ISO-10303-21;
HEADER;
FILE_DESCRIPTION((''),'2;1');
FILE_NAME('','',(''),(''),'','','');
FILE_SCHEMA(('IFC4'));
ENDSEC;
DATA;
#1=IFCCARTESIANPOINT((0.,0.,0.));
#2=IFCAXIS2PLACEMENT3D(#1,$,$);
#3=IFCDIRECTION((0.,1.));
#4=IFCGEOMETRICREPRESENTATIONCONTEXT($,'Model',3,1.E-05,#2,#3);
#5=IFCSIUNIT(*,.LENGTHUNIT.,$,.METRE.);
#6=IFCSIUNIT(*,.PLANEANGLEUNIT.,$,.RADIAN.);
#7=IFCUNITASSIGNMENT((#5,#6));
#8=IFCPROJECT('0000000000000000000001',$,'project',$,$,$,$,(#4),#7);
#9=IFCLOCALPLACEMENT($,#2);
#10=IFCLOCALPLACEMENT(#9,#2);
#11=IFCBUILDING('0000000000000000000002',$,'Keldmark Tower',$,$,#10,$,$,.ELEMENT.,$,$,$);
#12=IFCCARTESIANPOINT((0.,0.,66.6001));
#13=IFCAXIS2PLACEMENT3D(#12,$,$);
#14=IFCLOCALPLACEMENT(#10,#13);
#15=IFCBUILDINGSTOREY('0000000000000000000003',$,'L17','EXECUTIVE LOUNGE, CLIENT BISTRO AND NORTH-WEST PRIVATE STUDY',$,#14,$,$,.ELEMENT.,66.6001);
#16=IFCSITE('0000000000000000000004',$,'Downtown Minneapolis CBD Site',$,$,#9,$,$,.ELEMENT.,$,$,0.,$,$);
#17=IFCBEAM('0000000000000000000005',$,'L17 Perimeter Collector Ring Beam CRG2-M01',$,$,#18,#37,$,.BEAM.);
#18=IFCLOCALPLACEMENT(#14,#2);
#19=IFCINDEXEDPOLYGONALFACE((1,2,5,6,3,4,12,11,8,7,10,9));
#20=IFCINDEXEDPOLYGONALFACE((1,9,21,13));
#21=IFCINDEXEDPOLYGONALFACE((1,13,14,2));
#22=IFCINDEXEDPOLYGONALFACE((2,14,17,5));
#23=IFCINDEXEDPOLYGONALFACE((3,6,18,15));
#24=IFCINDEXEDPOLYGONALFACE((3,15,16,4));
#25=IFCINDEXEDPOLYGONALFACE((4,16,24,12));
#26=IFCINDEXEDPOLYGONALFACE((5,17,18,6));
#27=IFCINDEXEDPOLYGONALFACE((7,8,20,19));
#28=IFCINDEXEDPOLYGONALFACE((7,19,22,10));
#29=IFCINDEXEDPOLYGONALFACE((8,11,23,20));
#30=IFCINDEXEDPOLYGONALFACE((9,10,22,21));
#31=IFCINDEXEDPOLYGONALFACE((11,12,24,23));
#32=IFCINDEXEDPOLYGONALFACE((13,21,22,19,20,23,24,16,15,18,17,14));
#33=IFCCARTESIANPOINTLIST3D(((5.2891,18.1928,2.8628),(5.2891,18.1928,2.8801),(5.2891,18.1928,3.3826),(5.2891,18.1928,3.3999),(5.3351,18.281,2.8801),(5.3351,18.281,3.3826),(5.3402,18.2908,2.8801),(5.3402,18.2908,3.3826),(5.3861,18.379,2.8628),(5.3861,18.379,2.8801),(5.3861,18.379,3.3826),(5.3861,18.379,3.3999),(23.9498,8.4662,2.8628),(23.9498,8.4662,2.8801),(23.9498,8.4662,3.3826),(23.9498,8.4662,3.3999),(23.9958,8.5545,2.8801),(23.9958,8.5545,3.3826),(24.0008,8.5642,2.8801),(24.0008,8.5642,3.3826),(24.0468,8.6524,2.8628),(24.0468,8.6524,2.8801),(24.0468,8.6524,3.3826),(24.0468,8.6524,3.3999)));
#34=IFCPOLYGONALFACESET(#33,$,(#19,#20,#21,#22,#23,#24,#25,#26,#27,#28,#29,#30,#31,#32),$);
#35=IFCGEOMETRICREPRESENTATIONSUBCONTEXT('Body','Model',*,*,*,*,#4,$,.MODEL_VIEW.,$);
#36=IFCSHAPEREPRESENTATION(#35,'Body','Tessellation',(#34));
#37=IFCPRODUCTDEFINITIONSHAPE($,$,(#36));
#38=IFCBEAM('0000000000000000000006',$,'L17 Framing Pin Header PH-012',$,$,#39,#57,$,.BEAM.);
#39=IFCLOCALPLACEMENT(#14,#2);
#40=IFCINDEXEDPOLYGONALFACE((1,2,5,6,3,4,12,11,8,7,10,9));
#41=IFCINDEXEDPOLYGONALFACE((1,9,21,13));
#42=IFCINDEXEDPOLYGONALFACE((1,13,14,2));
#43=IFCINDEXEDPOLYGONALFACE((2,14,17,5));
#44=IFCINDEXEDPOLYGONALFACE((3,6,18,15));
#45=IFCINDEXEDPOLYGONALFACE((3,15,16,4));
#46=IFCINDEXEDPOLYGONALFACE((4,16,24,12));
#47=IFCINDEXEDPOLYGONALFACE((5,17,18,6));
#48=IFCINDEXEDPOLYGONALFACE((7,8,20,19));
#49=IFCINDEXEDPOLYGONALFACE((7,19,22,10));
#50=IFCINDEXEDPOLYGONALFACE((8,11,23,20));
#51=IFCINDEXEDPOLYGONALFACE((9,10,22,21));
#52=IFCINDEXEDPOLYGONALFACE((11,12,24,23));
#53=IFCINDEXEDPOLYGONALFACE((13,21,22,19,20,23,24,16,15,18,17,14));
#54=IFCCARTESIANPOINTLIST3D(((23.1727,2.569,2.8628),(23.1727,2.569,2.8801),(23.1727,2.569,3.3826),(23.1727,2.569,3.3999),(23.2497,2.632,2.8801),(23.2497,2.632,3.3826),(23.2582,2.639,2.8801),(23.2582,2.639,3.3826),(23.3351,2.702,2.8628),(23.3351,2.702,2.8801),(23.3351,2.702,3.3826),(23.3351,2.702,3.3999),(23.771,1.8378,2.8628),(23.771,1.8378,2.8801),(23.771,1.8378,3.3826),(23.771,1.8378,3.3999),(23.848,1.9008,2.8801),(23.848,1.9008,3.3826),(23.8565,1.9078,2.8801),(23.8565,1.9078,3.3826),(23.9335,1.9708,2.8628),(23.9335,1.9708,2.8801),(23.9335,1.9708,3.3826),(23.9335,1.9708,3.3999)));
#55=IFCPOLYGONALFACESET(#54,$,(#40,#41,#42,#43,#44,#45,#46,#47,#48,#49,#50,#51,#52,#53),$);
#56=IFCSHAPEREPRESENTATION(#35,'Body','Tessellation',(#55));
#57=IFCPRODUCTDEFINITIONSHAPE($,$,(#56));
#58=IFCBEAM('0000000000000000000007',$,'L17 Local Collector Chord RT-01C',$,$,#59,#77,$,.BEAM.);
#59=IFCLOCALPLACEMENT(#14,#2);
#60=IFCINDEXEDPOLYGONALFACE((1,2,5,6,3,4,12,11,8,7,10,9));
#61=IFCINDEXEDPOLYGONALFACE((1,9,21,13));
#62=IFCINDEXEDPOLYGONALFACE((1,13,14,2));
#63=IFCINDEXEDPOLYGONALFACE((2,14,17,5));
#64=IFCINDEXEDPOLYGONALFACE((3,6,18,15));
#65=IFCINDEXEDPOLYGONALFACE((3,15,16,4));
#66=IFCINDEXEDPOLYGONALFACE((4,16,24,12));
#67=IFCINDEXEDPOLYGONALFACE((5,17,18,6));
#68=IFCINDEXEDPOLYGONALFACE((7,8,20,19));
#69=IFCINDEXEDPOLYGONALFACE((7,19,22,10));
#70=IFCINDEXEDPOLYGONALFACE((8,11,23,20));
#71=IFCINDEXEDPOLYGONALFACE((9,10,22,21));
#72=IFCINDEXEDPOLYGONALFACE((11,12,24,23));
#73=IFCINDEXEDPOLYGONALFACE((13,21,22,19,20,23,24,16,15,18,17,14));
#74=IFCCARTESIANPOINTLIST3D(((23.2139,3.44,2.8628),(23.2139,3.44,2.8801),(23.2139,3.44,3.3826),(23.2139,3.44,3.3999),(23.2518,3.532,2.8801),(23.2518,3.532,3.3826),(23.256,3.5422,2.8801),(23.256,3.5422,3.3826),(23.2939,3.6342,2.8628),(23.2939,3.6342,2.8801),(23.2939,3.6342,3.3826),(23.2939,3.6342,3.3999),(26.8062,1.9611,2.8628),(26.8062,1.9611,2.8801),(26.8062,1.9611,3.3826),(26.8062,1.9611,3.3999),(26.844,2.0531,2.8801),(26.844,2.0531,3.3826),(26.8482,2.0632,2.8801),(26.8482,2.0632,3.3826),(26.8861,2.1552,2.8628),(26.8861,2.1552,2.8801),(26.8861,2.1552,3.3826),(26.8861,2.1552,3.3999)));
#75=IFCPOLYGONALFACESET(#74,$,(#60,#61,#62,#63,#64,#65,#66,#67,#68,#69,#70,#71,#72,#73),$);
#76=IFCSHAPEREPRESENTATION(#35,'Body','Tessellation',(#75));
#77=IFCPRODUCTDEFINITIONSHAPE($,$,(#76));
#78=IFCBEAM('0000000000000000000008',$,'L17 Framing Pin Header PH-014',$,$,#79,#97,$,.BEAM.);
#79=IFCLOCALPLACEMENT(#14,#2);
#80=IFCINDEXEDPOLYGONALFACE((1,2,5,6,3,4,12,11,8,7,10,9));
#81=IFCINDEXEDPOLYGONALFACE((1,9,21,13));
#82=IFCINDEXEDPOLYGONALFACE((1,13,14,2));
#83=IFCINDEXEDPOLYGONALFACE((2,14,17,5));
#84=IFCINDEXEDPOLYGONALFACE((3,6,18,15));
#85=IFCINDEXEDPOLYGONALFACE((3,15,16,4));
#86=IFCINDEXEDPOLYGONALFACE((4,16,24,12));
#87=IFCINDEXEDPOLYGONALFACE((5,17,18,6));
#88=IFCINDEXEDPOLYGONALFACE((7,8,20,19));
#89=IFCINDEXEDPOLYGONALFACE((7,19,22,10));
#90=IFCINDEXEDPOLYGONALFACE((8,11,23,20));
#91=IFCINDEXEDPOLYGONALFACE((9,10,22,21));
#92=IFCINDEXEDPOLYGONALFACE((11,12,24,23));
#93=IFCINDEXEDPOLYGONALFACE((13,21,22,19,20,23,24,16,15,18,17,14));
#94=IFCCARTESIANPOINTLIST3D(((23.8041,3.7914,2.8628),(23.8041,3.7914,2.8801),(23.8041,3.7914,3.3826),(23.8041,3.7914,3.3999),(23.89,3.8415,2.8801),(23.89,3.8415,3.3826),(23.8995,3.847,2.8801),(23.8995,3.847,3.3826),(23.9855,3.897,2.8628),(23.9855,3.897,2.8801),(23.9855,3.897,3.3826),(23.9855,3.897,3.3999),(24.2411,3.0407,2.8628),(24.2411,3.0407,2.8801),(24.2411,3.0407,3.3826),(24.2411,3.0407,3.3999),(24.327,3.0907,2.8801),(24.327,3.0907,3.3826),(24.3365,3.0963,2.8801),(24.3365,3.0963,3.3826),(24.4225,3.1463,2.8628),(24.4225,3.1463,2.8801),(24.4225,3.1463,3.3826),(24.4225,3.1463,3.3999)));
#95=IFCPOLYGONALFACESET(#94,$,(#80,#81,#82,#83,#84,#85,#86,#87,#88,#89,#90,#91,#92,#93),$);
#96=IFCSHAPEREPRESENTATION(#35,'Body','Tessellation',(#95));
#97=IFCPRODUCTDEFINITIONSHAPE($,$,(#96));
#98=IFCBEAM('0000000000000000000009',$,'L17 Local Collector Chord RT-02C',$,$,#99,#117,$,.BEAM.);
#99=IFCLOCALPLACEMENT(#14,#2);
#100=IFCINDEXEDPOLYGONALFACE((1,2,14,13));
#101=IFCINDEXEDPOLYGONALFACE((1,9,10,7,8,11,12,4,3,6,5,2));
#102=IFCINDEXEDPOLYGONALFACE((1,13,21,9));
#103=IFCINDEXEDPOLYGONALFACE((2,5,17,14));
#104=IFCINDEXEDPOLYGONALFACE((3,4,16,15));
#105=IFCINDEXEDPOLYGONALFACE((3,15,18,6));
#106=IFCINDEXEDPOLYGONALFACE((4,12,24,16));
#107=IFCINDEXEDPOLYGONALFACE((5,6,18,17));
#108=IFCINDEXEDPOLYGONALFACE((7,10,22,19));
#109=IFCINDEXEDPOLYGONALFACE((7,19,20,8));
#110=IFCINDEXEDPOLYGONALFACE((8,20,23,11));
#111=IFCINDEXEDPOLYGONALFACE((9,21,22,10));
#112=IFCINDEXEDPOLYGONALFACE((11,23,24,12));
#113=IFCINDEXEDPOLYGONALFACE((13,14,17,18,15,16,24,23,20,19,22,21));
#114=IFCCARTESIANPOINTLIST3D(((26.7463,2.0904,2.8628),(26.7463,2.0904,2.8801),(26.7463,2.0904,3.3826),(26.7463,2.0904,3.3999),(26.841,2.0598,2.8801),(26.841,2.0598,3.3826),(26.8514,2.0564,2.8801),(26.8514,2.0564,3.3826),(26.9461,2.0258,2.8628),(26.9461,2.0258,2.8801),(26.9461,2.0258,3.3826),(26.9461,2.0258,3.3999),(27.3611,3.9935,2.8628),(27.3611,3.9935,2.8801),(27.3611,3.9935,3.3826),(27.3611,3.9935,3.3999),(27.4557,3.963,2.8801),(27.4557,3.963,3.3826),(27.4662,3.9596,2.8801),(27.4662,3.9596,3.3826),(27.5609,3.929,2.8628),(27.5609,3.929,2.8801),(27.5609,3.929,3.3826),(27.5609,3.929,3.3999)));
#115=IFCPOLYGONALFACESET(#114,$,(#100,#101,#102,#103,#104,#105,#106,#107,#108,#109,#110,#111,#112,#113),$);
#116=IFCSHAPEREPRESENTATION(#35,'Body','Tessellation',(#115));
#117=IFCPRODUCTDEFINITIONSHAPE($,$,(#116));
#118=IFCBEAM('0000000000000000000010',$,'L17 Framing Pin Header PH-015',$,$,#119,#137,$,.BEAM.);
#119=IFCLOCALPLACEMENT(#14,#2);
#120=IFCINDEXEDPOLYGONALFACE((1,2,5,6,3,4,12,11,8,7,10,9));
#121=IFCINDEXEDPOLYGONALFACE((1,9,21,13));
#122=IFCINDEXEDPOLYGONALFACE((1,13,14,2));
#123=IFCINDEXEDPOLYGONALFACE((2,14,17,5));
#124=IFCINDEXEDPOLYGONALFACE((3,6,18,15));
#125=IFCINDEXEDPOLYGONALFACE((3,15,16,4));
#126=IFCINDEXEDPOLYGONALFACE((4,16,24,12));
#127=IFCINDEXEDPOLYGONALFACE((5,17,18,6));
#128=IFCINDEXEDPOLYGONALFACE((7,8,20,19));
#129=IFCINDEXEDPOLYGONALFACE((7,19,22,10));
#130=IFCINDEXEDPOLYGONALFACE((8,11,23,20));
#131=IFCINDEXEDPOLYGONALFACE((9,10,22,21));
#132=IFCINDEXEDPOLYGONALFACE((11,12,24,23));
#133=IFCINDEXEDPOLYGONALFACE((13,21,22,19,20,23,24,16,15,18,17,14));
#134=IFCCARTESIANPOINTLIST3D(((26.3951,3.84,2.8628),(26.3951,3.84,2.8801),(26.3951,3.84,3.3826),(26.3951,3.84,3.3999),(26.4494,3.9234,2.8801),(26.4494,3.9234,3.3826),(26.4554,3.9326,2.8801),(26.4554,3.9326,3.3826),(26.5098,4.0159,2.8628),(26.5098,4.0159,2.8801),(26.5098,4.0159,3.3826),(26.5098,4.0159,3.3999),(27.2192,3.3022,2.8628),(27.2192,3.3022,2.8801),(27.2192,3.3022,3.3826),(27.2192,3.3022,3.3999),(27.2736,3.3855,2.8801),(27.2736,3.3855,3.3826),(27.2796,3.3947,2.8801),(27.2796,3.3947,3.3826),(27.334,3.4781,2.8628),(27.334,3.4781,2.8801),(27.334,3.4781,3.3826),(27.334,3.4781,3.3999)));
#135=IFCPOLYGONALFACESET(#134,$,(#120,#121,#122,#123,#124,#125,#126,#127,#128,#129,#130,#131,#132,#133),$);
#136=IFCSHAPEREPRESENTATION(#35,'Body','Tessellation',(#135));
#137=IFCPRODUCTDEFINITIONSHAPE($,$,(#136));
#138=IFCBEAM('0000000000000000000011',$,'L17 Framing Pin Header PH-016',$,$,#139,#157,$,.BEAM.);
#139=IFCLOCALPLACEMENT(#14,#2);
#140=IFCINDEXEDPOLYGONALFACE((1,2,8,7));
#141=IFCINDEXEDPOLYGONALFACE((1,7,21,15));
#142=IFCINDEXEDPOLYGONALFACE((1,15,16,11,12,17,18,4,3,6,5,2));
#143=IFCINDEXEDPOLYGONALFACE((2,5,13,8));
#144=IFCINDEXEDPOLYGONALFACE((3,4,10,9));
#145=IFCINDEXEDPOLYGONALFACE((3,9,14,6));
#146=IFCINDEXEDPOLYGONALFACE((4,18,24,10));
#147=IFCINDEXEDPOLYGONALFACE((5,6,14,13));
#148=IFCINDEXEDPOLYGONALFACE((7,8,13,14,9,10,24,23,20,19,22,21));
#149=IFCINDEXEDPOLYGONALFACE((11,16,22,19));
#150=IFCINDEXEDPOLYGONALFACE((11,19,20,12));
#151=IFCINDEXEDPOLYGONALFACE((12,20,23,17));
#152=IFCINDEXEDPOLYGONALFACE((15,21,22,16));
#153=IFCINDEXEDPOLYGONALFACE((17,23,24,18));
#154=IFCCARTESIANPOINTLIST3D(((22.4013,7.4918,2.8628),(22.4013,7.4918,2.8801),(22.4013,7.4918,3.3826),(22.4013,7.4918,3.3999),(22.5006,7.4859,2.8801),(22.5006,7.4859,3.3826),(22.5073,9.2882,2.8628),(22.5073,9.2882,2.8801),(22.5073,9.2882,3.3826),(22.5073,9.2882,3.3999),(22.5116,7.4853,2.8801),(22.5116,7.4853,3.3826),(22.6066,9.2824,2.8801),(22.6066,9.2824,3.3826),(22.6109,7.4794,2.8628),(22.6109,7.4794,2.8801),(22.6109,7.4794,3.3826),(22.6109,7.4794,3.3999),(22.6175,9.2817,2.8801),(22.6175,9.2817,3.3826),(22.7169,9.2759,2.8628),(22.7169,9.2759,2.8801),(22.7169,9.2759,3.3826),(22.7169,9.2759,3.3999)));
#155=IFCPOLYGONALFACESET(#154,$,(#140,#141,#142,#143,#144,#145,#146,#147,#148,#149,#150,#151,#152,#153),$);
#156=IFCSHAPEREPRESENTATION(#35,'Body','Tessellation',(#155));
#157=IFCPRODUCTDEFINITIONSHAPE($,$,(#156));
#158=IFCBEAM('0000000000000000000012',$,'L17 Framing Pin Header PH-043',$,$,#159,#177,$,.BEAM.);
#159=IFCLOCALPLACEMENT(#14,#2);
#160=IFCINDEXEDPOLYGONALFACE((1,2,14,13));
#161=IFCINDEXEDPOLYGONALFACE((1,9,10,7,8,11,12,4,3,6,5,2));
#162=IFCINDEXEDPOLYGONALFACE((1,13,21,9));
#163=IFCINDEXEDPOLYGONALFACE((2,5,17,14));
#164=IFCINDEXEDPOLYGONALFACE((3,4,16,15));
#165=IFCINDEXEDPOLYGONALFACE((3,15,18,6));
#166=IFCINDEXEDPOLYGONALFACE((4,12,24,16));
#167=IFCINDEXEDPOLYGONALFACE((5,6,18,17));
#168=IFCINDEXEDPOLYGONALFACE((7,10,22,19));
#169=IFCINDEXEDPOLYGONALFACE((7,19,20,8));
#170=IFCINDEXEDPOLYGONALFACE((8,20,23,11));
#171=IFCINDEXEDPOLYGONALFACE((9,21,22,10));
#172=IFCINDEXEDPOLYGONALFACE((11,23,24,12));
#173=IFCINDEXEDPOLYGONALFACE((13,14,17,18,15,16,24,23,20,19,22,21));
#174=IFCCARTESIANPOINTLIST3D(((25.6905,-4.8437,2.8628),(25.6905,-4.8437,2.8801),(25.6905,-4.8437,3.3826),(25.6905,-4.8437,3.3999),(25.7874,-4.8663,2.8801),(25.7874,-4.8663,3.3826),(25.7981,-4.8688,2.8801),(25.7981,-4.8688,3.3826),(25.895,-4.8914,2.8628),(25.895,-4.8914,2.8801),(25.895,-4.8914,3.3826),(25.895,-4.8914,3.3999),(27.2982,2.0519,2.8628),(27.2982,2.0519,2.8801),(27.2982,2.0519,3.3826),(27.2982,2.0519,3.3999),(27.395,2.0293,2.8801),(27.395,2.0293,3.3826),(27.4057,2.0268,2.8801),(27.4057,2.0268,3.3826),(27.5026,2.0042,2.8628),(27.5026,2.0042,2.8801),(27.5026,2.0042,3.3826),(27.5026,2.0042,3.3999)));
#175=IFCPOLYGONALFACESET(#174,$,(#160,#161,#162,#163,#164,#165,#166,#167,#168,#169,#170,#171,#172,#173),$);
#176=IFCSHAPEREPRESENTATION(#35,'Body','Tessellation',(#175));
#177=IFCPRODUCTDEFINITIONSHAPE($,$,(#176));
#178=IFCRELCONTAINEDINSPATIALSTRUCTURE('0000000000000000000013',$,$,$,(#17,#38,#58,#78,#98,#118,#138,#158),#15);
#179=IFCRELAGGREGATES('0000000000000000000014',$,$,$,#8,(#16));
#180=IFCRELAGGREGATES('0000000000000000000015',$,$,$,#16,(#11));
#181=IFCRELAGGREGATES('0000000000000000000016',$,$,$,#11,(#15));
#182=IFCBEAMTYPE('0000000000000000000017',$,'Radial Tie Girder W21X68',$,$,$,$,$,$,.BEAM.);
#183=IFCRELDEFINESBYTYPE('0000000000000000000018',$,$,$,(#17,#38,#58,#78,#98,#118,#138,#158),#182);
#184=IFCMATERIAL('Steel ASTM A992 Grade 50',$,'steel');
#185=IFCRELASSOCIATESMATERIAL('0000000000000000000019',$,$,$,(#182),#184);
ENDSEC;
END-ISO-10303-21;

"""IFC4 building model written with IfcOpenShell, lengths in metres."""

from ifc_helpers import new_model, si_unit, direction, frame, origin, origin_2d, place, context, subcontext, project, spatial, i_section, extrude, material, material_profile, profile_set, type_object, element, save


model = new_model("IFC4")

# Units and contexts
model_context = context("Model", 3, precision=1e-05, world=origin(), true_north=direction((0.0, 1.0)))
body_context = subcontext(model_context, "Body", "Model", "MODEL_VIEW")
ifc_project = project(units=[si_unit("LENGTHUNIT", "METRE"), si_unit("PLANEANGLEUNIT", "RADIAN")], contexts=[model_context])

# Site, building, storey
site_placement = place(None, origin())
site = spatial("IfcSite", under=ifc_project, at=site_placement, Name="Downtown Minneapolis CBD Site", CompositionType="ELEMENT", RefElevation=0.0)
building_placement = place(site_placement, origin())
building = spatial("IfcBuilding", under=site, at=building_placement, Name="Keldmark Tower", CompositionType="ELEMENT")
storey_placement = place(building_placement, frame((0.0, 0.0, 66.6001)))
storey = spatial("IfcBuildingStorey", under=building, at=storey_placement, Name="L17", Description="EXECUTIVE LOUNGE, CLIENT BISTRO AND NORTH-WEST PRIVATE STUDY", CompositionType="ELEMENT", Elevation=66.6001)

# Beams
ifc_material_1 = material(Name="Steel ASTM A992 Grade 50", Category="steel")
ifc_material_profile_1 = material_profile(ifc_material_1, i_section(OverallWidth=0.21, OverallDepth=0.5371, WebThickness=0.011, FlangeThickness=0.0173, at=origin_2d()), Name="W21X68")
ifc_profile_set_1 = profile_set([ifc_material_profile_1], Name="Steel ASTM A992 Grade 50")
beam_type_1 = type_object("IfcBeamType", Name="Radial Tie Girder W21X68", PredefinedType="BEAM", material=ifc_profile_set_1)
beam_1_placement = place(storey_placement, frame((23.9983, 8.5593, 3.1313), z_axis=(-0.886768, 0.462214, 0.0), x_axis=(-0.462214, -0.886768, 0.0)))
element("IfcBeam", 1, at=beam_1_placement, inside=storey, type_object=beam_type_1, Name="L17 Perimeter Collector Ring Beam CRG2-M01", PredefinedType="BEAM", context=body_context, shape_type="SweptSolid", body=[
    extrude(i_section(OverallWidth=0.21, OverallDepth=0.5371, WebThickness=0.011, FlangeThickness=0.0173, at=origin_2d()), origin(), (0.0, 0.0, 1.0), 21.0435),
])
beam_2_placement = place(storey_placement, frame((23.2539, 2.6355, 3.1313), z_axis=(0.633322, -0.773888, 0.0), x_axis=(0.773888, 0.633322, 0.0)))
element("IfcBeam", 2, at=beam_2_placement, inside=storey, type_object=beam_type_1, Name="L17 Framing Pin Header PH-012", PredefinedType="BEAM", context=body_context, shape_type="SweptSolid", body=[
    extrude(i_section(OverallWidth=0.21, OverallDepth=0.5371, WebThickness=0.011, FlangeThickness=0.0173, at=origin_2d()), origin(), (0.0, 0.0, 1.0), 0.9448),
])
beam_3_placement = place(storey_placement, frame((23.2539, 3.5371, 3.1313), z_axis=(0.924694, -0.380712, 0.0), x_axis=(0.380712, 0.924694, 0.0)))
element("IfcBeam", 3, at=beam_3_placement, inside=storey, type_object=beam_type_1, Name="L17 Local Collector Chord RT-01C", PredefinedType="BEAM", context=body_context, shape_type="SweptSolid", body=[
    extrude(i_section(OverallWidth=0.21, OverallDepth=0.5371, WebThickness=0.011, FlangeThickness=0.0173, at=origin_2d()), origin(), (0.0, 0.0, 1.0), 3.8848),
])
beam_4_placement = place(storey_placement, frame((24.3318, 3.0935, 3.1313), z_axis=(-0.503084, 0.864237, 0.0), x_axis=(-0.864237, -0.503084, 0.0)))
element("IfcBeam", 4, at=beam_4_placement, inside=storey, type_object=beam_type_1, Name="L17 Framing Pin Header PH-014", PredefinedType="BEAM", context=body_context, shape_type="SweptSolid", body=[
    extrude(i_section(OverallWidth=0.21, OverallDepth=0.5371, WebThickness=0.011, FlangeThickness=0.0173, at=origin_2d()), origin(), (0.0, 0.0, 1.0), 0.8687),
])
beam_5_placement = place(storey_placement, frame((26.8462, 2.0581, 3.1313), z_axis=(0.307388, 0.951584, 0.0), x_axis=(-0.951584, 0.307388, 0.0)))
element("IfcBeam", 5, at=beam_5_placement, inside=storey, type_object=beam_type_1, Name="L17 Local Collector Chord RT-02C", PredefinedType="BEAM", context=body_context, shape_type="SweptSolid", body=[
    extrude(i_section(OverallWidth=0.21, OverallDepth=0.5371, WebThickness=0.011, FlangeThickness=0.0173, at=origin_2d()), origin(), (0.0, 0.0, 1.0), 2.0),
])
beam_6_placement = place(storey_placement, frame((27.2766, 3.3901, 3.1313), z_axis=(-0.837467, 0.546487, 0.0), x_axis=(-0.546487, -0.837467, 0.0)))
element("IfcBeam", 6, at=beam_6_placement, inside=storey, type_object=beam_type_1, Name="L17 Framing Pin Header PH-015", PredefinedType="BEAM", context=body_context, shape_type="SweptSolid", body=[
    extrude(i_section(OverallWidth=0.21, OverallDepth=0.5371, WebThickness=0.011, FlangeThickness=0.0173, at=origin_2d()), origin(), (0.0, 0.0, 1.0), 0.9841),
])
beam_7_placement = place(storey_placement, frame((22.5061, 7.4856, 3.1313), z_axis=(0.058881, 0.998265, 0.0), x_axis=(-0.998265, 0.058881, 0.0)))
element("IfcBeam", 7, at=beam_7_placement, inside=storey, type_object=beam_type_1, Name="L17 Framing Pin Header PH-016", PredefinedType="BEAM", context=body_context, shape_type="SweptSolid", body=[
    extrude(i_section(OverallWidth=0.21, OverallDepth=0.5371, WebThickness=0.011, FlangeThickness=0.0173, at=origin_2d()), origin(), (0.0, 0.0, 1.0), 1.7996),
])
beam_8_placement = place(storey_placement, frame((27.4004, 2.0281, 3.1313), z_axis=(-0.22705, -0.973883, 0.0), x_axis=(0.973883, -0.22705, 0.0)))
element("IfcBeam", 8, at=beam_8_placement, inside=storey, type_object=beam_type_1, Name="L17 Framing Pin Header PH-043", PredefinedType="BEAM", context=body_context, shape_type="SweptSolid", body=[
    extrude(i_section(OverallWidth=0.21, OverallDepth=0.5371, WebThickness=0.011, FlangeThickness=0.0173, at=origin_2d()), origin(), (0.0, 0.0, 1.0), 7.0806),
])

save(model, "model.ifc")
